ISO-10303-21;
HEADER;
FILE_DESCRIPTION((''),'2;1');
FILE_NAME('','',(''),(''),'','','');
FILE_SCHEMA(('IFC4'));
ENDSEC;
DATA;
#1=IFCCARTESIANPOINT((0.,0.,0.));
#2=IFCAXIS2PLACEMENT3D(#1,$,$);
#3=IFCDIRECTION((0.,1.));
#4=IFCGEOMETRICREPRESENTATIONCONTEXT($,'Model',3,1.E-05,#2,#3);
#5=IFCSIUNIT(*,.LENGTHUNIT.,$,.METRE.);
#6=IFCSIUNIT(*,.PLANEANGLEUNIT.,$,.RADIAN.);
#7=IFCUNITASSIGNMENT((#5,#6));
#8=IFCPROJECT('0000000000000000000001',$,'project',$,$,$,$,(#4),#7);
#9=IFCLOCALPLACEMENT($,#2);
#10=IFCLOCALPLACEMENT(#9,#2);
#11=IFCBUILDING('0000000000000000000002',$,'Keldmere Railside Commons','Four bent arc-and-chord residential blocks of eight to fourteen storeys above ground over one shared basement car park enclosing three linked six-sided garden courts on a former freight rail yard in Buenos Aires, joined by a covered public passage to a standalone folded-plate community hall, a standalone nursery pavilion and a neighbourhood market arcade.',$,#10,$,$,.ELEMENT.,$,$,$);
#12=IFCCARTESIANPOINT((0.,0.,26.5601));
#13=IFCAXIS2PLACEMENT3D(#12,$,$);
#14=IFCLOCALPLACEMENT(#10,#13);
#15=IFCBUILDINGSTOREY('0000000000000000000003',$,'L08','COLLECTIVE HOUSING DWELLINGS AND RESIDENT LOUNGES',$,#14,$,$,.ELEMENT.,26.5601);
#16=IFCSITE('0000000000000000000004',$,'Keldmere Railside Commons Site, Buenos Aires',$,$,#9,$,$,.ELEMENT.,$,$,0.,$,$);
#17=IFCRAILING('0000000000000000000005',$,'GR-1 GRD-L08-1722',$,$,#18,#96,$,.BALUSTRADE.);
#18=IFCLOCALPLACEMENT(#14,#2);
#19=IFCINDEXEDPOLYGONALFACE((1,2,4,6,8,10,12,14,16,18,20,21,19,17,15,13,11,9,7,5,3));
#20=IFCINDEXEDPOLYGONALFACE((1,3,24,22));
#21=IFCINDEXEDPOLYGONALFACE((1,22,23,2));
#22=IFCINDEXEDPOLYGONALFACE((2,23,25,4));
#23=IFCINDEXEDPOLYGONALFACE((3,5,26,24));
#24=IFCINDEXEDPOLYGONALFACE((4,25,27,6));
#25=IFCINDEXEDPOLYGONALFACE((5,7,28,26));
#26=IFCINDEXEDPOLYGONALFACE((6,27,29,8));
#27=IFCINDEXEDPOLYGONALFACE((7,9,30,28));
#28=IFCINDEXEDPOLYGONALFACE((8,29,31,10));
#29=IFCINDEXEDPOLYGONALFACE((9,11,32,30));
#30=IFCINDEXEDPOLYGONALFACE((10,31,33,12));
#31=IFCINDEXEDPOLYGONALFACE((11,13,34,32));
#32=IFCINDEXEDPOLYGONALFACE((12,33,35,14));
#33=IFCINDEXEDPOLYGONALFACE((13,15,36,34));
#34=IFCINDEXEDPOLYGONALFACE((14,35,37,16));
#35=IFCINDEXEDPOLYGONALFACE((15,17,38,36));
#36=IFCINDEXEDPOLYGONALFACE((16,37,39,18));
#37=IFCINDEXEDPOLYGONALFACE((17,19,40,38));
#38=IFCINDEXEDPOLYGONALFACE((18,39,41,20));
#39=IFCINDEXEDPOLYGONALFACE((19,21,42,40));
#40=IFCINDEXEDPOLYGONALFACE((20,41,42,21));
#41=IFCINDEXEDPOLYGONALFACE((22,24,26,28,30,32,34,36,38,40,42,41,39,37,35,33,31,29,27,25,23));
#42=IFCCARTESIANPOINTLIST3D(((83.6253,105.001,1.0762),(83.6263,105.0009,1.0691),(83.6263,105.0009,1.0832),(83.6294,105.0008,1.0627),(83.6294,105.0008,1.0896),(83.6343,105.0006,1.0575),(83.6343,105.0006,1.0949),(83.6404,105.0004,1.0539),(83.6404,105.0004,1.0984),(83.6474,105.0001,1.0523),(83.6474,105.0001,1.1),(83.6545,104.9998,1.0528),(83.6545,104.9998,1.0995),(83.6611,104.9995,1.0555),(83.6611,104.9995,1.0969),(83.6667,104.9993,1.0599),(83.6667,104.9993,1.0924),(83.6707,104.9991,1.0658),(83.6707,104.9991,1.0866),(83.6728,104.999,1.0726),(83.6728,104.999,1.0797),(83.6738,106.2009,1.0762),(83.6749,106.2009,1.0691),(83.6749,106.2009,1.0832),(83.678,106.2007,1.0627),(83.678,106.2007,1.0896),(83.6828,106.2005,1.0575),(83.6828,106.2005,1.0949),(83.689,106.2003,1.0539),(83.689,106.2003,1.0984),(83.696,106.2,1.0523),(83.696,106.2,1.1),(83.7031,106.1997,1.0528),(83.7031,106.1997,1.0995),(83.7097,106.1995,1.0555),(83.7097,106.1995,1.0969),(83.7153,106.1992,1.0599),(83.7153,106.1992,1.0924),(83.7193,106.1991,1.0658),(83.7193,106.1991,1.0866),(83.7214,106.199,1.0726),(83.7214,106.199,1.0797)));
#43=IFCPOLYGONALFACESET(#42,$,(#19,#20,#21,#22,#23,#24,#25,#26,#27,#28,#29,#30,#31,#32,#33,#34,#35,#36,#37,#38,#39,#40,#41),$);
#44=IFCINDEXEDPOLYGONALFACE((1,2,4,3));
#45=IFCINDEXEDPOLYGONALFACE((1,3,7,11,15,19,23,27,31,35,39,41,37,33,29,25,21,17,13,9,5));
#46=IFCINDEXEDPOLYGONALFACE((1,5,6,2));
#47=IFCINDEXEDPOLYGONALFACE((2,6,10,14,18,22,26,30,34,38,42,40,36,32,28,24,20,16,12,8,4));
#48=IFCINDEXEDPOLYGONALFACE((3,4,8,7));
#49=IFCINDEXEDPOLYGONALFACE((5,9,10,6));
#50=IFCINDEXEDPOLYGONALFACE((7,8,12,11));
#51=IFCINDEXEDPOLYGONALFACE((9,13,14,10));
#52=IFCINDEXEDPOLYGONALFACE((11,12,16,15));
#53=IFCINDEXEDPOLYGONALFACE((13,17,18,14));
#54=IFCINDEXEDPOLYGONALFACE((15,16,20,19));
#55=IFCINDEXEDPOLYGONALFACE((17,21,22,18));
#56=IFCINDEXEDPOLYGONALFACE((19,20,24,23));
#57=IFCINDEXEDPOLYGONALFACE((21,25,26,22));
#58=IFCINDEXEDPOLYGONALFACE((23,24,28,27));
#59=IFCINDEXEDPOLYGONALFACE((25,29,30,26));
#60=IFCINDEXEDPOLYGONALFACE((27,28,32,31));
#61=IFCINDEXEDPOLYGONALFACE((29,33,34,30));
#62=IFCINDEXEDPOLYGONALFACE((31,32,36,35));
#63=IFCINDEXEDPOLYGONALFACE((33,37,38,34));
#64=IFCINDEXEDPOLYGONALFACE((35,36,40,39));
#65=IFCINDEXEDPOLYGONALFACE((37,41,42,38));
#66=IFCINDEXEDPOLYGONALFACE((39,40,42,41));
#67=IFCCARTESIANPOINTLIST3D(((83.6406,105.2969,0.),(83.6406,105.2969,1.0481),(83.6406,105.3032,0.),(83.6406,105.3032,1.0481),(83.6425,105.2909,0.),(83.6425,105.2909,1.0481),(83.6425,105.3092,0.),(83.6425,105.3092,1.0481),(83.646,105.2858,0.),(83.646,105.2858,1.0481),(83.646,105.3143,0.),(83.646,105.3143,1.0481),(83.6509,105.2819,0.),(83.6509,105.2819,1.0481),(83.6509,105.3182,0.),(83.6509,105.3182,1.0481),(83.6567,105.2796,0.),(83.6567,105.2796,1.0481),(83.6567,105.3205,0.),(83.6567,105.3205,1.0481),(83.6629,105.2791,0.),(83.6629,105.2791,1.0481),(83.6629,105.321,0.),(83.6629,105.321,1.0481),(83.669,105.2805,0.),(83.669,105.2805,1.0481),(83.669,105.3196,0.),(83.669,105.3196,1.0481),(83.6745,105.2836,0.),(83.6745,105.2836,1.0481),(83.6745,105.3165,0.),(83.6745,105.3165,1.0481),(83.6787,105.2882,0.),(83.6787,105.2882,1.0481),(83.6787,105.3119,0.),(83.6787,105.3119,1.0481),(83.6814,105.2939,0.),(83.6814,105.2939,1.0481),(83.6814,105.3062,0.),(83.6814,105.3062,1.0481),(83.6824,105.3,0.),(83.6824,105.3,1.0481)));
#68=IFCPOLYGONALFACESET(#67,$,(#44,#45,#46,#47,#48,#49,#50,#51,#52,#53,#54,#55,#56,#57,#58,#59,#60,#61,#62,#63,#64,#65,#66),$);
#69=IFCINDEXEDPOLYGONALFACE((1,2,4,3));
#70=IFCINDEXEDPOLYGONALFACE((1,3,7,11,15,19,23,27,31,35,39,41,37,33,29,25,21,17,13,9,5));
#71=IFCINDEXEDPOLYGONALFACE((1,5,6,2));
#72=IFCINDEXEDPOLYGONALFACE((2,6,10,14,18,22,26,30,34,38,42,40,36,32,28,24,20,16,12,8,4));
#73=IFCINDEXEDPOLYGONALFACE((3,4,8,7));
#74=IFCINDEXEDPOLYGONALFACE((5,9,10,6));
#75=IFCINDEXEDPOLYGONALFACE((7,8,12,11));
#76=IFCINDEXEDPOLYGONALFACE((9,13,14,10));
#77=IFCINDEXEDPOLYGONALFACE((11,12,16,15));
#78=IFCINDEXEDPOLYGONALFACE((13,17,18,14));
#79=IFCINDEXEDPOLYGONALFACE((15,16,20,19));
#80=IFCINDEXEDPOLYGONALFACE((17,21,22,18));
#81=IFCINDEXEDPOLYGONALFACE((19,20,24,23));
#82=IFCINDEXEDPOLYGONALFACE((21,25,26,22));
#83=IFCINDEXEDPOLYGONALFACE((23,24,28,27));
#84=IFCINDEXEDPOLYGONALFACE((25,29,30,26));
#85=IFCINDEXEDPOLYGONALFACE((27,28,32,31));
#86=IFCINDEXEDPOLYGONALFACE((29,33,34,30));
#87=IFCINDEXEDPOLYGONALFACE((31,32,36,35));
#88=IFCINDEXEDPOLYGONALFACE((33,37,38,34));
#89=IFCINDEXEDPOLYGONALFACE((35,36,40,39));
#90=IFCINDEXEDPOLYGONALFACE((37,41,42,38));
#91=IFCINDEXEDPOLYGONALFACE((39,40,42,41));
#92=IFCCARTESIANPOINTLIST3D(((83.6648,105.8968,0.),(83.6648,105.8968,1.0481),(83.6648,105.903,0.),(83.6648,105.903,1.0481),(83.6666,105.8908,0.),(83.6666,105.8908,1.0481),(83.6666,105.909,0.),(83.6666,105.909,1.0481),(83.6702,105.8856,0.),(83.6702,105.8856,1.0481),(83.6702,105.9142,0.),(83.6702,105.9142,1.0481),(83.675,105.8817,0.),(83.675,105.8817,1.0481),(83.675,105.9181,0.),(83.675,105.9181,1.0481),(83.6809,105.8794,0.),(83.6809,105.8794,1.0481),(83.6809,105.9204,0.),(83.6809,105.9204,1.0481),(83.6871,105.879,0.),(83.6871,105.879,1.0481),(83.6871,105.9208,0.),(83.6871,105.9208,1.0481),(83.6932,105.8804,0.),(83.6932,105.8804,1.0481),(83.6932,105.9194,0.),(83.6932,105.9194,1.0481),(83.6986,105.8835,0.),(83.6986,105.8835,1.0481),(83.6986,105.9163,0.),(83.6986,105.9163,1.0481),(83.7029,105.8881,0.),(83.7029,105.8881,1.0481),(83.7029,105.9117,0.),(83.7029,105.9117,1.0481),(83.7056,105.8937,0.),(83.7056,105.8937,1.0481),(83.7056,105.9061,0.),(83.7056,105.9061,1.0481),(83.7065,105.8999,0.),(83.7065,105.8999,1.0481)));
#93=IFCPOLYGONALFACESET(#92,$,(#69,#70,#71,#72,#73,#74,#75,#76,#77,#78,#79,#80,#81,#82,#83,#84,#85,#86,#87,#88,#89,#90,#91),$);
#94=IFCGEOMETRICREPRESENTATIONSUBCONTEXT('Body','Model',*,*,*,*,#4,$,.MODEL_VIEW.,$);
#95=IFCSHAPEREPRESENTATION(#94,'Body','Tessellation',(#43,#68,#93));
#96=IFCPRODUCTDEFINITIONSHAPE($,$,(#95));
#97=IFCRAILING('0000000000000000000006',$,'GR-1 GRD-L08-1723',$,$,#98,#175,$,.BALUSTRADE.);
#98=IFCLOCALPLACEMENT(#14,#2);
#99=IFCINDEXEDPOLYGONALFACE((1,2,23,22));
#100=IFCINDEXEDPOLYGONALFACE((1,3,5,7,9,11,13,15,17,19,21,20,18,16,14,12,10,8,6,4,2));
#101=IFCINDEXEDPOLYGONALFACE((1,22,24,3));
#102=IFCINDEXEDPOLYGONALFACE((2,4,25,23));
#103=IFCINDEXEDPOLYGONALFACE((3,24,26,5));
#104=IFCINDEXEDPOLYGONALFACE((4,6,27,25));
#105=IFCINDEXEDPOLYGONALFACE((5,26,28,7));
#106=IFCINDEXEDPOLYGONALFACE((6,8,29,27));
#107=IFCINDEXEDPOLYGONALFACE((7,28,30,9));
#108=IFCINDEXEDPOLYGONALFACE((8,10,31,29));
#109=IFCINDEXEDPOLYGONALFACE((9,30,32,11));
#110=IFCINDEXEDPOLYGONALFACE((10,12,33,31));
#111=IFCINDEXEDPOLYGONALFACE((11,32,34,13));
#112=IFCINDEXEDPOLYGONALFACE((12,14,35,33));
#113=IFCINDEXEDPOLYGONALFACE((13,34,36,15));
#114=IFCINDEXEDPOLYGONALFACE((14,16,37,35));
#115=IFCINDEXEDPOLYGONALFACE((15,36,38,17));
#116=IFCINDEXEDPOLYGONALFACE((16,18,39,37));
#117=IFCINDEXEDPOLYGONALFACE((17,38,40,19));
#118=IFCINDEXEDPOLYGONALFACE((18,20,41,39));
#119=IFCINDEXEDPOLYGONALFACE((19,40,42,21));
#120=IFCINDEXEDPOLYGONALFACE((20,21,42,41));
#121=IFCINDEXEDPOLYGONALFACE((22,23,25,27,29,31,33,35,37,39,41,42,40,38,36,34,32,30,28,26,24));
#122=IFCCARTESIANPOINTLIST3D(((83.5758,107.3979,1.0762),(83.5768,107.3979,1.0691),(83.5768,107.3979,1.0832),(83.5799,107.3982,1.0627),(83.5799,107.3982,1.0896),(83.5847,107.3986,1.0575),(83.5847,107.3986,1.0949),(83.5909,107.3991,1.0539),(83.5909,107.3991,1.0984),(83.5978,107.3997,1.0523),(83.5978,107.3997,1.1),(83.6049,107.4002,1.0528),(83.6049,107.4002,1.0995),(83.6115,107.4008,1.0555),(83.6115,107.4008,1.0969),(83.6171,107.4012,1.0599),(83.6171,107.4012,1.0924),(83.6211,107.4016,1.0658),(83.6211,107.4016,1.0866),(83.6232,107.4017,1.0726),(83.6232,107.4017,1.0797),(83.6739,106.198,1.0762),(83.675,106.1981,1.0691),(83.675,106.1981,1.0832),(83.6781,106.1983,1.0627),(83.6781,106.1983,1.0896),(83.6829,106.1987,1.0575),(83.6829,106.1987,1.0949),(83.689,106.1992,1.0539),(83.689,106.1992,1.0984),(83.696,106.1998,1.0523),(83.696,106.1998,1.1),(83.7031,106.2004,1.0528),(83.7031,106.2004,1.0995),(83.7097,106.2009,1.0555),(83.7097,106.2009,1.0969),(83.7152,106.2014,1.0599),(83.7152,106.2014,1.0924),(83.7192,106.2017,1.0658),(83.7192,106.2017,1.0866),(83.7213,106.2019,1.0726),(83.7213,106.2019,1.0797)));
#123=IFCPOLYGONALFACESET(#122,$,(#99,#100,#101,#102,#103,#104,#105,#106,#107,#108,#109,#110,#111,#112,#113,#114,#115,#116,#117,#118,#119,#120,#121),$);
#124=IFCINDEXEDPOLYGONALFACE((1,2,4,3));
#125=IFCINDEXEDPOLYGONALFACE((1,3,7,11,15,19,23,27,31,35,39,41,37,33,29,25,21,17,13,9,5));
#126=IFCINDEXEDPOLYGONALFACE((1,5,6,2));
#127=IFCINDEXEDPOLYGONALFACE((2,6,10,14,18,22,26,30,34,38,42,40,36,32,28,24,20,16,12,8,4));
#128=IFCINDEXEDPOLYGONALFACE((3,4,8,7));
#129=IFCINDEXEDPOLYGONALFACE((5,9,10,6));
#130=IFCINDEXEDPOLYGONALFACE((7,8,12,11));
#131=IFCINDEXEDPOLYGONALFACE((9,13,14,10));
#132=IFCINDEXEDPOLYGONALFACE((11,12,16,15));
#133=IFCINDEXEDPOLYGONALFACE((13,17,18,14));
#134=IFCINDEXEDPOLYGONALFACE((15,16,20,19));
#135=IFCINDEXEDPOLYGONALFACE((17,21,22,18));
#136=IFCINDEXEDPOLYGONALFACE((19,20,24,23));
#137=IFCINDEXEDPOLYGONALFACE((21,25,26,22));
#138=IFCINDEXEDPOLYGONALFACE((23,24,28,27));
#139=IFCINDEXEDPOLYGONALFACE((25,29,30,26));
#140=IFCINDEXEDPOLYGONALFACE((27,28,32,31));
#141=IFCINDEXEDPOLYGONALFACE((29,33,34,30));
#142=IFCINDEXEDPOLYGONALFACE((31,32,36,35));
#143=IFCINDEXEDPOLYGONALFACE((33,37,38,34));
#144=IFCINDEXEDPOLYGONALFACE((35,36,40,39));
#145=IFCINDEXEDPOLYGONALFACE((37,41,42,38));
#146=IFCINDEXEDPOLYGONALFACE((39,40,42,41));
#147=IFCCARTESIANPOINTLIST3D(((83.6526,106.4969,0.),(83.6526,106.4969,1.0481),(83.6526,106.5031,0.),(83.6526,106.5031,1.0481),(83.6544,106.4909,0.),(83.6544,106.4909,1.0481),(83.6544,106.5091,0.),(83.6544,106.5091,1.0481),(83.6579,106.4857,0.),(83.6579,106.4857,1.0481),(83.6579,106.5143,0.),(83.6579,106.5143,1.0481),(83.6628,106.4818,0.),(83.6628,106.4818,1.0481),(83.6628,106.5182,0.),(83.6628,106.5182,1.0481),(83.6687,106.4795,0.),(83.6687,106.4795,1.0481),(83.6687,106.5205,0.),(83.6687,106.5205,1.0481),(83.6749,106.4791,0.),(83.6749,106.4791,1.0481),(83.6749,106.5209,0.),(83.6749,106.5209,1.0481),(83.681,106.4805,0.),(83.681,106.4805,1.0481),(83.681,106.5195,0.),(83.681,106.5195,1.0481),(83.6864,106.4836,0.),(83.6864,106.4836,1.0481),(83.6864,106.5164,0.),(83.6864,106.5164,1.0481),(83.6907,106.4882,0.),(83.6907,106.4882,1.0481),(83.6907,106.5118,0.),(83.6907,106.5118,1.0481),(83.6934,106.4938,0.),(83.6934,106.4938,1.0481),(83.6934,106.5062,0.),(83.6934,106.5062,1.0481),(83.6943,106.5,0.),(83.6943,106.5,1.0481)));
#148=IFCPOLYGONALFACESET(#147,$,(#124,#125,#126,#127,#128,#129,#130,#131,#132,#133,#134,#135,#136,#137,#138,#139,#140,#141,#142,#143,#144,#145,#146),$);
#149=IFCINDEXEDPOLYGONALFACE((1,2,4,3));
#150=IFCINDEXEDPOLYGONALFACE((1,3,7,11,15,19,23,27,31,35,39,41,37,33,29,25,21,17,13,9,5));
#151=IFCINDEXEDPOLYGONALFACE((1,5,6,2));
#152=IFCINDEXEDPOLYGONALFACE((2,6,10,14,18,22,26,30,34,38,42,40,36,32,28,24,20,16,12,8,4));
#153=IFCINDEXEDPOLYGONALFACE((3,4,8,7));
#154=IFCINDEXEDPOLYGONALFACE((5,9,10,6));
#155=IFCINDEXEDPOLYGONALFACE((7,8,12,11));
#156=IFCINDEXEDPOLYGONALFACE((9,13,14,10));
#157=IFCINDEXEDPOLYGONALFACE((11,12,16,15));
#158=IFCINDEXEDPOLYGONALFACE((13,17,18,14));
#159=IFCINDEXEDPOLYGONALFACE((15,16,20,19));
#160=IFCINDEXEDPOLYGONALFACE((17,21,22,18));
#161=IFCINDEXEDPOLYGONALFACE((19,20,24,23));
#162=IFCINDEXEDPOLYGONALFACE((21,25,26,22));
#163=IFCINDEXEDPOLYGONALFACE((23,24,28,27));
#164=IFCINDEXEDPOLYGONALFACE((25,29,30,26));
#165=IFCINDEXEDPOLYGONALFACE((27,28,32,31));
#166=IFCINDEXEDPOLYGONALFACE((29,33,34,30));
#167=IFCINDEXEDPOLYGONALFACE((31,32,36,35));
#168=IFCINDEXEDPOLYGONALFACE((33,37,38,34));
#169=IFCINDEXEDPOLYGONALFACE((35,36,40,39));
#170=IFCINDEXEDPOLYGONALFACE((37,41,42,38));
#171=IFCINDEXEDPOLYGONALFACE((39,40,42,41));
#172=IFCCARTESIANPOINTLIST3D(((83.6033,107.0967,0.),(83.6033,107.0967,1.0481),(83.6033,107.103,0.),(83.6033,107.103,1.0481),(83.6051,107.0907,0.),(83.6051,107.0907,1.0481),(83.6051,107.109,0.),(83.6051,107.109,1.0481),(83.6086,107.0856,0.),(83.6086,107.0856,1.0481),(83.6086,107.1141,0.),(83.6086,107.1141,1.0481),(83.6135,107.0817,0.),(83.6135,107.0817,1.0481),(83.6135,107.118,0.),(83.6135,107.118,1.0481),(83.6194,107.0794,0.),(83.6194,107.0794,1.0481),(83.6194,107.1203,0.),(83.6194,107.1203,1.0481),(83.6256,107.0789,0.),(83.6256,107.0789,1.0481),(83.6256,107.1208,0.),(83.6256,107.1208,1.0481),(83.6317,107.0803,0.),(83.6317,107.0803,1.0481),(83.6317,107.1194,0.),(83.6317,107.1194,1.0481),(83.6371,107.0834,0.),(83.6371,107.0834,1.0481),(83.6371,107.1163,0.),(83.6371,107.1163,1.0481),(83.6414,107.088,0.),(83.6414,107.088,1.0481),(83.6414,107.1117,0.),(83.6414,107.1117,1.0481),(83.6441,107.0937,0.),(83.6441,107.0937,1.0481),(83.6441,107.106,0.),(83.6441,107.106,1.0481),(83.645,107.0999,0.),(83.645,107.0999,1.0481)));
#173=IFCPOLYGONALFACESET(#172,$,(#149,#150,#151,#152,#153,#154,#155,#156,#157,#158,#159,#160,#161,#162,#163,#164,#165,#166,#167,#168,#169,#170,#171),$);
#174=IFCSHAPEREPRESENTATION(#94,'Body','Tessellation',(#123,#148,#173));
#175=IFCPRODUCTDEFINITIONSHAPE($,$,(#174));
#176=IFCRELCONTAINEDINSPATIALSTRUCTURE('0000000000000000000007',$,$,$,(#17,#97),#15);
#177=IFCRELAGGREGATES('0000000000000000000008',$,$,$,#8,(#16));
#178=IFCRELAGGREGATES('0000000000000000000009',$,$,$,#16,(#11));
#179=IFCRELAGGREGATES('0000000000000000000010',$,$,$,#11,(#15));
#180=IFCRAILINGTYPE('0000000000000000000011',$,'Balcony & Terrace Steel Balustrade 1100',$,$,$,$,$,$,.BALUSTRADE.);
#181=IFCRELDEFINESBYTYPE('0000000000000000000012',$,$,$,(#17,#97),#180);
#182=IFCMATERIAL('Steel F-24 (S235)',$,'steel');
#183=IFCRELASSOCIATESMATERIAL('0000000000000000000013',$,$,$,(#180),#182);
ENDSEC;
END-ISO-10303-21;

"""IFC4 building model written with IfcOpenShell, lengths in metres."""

from ifc_helpers import new_model, si_unit, direction, frame, origin, origin_2d, place, context, subcontext, project, spatial, circle, extrude, material, type_object, element, save


model = new_model("IFC4")

# Units and contexts
model_context = context("Model", 3, precision=1e-05, world=origin(), true_north=direction((0.0, 1.0)))
body_context = subcontext(model_context, "Body", "Model", "MODEL_VIEW")
ifc_project = project(units=[si_unit("LENGTHUNIT", "METRE"), si_unit("PLANEANGLEUNIT", "RADIAN")], contexts=[model_context])

# Site, building, storey
site_placement = place(None, origin())
site = spatial("IfcSite", under=ifc_project, at=site_placement, Name="Keldmere Railside Commons Site, Buenos Aires", CompositionType="ELEMENT", RefElevation=0.0)
building_placement = place(site_placement, origin())
building = spatial("IfcBuilding", under=site, at=building_placement, Name="Keldmere Railside Commons", Description="Four bent arc-and-chord residential blocks of eight to fourteen storeys above ground over one shared basement car park enclosing three linked six-sided garden courts on a former freight rail yard in Buenos Aires, joined by a covered public passage to a standalone folded-plate community hall, a standalone nursery pavilion and a neighbourhood market arcade.", CompositionType="ELEMENT")
storey_placement = place(building_placement, frame((0.0, 0.0, 26.5601)))
storey = spatial("IfcBuildingStorey", under=building, at=storey_placement, Name="L08", Description="COLLECTIVE HOUSING DWELLINGS AND RESIDENT LOUNGES", CompositionType="ELEMENT", Elevation=26.5601)

# Railings
ifc_material_1 = material(Name="Steel F-24 (S235)", Category="steel")
railing_type = type_object("IfcRailingType", Name="Balcony & Terrace Steel Balustrade 1100", PredefinedType="BALUSTRADE", material=ifc_material_1)
railing_1_placement = place(storey_placement, frame((83.6492, 105.0, 0.0)))
element("IfcRailing", 1, at=railing_1_placement, inside=storey, type_object=railing_type, Name="GR-1 GRD-L08-1722", PredefinedType="BALUSTRADE", context=body_context, shape_type="SweptSolid", body=[
    extrude(circle(Radius=0.0239, at=origin_2d()), frame((0.0, 0.0, 1.0762), z_axis=(0.040455, 0.999181, 0.0), x_axis=(-0.999181, 0.040455, 0.0)), (0.0, 0.0, 1.0), 1.2009),
    extrude(circle(Radius=0.021, at=origin_2d()), frame((0.0122, 0.3, 0.0)), (0.0, 0.0, 1.0), 1.0481),
    extrude(circle(Radius=0.021, at=origin_2d()), frame((0.0364, 0.8999, 0.0)), (0.0, 0.0, 1.0), 1.0481),
])
railing_2_placement = place(storey_placement, frame((83.6978, 106.2, 0.0)))
element("IfcRailing", 2, at=railing_2_placement, inside=storey, type_object=railing_type, Name="GR-1 GRD-L08-1723", PredefinedType="BALUSTRADE", context=body_context, shape_type="SweptSolid", body=[
    extrude(circle(Radius=0.0239, at=origin_2d()), frame((0.0, 0.0, 1.0762), z_axis=(-0.081518, 0.996672, 0.0), x_axis=(-0.996672, -0.081518, 0.0)), (0.0, 0.0, 1.0), 1.2039),
    extrude(circle(Radius=0.021, at=origin_2d()), frame((-0.0244, 0.3, 0.0)), (0.0, 0.0, 1.0), 1.0481),
    extrude(circle(Radius=0.021, at=origin_2d()), frame((-0.0737, 0.8999, 0.0)), (0.0, 0.0, 1.0), 1.0481),
])

save(model, "model.ifc")
